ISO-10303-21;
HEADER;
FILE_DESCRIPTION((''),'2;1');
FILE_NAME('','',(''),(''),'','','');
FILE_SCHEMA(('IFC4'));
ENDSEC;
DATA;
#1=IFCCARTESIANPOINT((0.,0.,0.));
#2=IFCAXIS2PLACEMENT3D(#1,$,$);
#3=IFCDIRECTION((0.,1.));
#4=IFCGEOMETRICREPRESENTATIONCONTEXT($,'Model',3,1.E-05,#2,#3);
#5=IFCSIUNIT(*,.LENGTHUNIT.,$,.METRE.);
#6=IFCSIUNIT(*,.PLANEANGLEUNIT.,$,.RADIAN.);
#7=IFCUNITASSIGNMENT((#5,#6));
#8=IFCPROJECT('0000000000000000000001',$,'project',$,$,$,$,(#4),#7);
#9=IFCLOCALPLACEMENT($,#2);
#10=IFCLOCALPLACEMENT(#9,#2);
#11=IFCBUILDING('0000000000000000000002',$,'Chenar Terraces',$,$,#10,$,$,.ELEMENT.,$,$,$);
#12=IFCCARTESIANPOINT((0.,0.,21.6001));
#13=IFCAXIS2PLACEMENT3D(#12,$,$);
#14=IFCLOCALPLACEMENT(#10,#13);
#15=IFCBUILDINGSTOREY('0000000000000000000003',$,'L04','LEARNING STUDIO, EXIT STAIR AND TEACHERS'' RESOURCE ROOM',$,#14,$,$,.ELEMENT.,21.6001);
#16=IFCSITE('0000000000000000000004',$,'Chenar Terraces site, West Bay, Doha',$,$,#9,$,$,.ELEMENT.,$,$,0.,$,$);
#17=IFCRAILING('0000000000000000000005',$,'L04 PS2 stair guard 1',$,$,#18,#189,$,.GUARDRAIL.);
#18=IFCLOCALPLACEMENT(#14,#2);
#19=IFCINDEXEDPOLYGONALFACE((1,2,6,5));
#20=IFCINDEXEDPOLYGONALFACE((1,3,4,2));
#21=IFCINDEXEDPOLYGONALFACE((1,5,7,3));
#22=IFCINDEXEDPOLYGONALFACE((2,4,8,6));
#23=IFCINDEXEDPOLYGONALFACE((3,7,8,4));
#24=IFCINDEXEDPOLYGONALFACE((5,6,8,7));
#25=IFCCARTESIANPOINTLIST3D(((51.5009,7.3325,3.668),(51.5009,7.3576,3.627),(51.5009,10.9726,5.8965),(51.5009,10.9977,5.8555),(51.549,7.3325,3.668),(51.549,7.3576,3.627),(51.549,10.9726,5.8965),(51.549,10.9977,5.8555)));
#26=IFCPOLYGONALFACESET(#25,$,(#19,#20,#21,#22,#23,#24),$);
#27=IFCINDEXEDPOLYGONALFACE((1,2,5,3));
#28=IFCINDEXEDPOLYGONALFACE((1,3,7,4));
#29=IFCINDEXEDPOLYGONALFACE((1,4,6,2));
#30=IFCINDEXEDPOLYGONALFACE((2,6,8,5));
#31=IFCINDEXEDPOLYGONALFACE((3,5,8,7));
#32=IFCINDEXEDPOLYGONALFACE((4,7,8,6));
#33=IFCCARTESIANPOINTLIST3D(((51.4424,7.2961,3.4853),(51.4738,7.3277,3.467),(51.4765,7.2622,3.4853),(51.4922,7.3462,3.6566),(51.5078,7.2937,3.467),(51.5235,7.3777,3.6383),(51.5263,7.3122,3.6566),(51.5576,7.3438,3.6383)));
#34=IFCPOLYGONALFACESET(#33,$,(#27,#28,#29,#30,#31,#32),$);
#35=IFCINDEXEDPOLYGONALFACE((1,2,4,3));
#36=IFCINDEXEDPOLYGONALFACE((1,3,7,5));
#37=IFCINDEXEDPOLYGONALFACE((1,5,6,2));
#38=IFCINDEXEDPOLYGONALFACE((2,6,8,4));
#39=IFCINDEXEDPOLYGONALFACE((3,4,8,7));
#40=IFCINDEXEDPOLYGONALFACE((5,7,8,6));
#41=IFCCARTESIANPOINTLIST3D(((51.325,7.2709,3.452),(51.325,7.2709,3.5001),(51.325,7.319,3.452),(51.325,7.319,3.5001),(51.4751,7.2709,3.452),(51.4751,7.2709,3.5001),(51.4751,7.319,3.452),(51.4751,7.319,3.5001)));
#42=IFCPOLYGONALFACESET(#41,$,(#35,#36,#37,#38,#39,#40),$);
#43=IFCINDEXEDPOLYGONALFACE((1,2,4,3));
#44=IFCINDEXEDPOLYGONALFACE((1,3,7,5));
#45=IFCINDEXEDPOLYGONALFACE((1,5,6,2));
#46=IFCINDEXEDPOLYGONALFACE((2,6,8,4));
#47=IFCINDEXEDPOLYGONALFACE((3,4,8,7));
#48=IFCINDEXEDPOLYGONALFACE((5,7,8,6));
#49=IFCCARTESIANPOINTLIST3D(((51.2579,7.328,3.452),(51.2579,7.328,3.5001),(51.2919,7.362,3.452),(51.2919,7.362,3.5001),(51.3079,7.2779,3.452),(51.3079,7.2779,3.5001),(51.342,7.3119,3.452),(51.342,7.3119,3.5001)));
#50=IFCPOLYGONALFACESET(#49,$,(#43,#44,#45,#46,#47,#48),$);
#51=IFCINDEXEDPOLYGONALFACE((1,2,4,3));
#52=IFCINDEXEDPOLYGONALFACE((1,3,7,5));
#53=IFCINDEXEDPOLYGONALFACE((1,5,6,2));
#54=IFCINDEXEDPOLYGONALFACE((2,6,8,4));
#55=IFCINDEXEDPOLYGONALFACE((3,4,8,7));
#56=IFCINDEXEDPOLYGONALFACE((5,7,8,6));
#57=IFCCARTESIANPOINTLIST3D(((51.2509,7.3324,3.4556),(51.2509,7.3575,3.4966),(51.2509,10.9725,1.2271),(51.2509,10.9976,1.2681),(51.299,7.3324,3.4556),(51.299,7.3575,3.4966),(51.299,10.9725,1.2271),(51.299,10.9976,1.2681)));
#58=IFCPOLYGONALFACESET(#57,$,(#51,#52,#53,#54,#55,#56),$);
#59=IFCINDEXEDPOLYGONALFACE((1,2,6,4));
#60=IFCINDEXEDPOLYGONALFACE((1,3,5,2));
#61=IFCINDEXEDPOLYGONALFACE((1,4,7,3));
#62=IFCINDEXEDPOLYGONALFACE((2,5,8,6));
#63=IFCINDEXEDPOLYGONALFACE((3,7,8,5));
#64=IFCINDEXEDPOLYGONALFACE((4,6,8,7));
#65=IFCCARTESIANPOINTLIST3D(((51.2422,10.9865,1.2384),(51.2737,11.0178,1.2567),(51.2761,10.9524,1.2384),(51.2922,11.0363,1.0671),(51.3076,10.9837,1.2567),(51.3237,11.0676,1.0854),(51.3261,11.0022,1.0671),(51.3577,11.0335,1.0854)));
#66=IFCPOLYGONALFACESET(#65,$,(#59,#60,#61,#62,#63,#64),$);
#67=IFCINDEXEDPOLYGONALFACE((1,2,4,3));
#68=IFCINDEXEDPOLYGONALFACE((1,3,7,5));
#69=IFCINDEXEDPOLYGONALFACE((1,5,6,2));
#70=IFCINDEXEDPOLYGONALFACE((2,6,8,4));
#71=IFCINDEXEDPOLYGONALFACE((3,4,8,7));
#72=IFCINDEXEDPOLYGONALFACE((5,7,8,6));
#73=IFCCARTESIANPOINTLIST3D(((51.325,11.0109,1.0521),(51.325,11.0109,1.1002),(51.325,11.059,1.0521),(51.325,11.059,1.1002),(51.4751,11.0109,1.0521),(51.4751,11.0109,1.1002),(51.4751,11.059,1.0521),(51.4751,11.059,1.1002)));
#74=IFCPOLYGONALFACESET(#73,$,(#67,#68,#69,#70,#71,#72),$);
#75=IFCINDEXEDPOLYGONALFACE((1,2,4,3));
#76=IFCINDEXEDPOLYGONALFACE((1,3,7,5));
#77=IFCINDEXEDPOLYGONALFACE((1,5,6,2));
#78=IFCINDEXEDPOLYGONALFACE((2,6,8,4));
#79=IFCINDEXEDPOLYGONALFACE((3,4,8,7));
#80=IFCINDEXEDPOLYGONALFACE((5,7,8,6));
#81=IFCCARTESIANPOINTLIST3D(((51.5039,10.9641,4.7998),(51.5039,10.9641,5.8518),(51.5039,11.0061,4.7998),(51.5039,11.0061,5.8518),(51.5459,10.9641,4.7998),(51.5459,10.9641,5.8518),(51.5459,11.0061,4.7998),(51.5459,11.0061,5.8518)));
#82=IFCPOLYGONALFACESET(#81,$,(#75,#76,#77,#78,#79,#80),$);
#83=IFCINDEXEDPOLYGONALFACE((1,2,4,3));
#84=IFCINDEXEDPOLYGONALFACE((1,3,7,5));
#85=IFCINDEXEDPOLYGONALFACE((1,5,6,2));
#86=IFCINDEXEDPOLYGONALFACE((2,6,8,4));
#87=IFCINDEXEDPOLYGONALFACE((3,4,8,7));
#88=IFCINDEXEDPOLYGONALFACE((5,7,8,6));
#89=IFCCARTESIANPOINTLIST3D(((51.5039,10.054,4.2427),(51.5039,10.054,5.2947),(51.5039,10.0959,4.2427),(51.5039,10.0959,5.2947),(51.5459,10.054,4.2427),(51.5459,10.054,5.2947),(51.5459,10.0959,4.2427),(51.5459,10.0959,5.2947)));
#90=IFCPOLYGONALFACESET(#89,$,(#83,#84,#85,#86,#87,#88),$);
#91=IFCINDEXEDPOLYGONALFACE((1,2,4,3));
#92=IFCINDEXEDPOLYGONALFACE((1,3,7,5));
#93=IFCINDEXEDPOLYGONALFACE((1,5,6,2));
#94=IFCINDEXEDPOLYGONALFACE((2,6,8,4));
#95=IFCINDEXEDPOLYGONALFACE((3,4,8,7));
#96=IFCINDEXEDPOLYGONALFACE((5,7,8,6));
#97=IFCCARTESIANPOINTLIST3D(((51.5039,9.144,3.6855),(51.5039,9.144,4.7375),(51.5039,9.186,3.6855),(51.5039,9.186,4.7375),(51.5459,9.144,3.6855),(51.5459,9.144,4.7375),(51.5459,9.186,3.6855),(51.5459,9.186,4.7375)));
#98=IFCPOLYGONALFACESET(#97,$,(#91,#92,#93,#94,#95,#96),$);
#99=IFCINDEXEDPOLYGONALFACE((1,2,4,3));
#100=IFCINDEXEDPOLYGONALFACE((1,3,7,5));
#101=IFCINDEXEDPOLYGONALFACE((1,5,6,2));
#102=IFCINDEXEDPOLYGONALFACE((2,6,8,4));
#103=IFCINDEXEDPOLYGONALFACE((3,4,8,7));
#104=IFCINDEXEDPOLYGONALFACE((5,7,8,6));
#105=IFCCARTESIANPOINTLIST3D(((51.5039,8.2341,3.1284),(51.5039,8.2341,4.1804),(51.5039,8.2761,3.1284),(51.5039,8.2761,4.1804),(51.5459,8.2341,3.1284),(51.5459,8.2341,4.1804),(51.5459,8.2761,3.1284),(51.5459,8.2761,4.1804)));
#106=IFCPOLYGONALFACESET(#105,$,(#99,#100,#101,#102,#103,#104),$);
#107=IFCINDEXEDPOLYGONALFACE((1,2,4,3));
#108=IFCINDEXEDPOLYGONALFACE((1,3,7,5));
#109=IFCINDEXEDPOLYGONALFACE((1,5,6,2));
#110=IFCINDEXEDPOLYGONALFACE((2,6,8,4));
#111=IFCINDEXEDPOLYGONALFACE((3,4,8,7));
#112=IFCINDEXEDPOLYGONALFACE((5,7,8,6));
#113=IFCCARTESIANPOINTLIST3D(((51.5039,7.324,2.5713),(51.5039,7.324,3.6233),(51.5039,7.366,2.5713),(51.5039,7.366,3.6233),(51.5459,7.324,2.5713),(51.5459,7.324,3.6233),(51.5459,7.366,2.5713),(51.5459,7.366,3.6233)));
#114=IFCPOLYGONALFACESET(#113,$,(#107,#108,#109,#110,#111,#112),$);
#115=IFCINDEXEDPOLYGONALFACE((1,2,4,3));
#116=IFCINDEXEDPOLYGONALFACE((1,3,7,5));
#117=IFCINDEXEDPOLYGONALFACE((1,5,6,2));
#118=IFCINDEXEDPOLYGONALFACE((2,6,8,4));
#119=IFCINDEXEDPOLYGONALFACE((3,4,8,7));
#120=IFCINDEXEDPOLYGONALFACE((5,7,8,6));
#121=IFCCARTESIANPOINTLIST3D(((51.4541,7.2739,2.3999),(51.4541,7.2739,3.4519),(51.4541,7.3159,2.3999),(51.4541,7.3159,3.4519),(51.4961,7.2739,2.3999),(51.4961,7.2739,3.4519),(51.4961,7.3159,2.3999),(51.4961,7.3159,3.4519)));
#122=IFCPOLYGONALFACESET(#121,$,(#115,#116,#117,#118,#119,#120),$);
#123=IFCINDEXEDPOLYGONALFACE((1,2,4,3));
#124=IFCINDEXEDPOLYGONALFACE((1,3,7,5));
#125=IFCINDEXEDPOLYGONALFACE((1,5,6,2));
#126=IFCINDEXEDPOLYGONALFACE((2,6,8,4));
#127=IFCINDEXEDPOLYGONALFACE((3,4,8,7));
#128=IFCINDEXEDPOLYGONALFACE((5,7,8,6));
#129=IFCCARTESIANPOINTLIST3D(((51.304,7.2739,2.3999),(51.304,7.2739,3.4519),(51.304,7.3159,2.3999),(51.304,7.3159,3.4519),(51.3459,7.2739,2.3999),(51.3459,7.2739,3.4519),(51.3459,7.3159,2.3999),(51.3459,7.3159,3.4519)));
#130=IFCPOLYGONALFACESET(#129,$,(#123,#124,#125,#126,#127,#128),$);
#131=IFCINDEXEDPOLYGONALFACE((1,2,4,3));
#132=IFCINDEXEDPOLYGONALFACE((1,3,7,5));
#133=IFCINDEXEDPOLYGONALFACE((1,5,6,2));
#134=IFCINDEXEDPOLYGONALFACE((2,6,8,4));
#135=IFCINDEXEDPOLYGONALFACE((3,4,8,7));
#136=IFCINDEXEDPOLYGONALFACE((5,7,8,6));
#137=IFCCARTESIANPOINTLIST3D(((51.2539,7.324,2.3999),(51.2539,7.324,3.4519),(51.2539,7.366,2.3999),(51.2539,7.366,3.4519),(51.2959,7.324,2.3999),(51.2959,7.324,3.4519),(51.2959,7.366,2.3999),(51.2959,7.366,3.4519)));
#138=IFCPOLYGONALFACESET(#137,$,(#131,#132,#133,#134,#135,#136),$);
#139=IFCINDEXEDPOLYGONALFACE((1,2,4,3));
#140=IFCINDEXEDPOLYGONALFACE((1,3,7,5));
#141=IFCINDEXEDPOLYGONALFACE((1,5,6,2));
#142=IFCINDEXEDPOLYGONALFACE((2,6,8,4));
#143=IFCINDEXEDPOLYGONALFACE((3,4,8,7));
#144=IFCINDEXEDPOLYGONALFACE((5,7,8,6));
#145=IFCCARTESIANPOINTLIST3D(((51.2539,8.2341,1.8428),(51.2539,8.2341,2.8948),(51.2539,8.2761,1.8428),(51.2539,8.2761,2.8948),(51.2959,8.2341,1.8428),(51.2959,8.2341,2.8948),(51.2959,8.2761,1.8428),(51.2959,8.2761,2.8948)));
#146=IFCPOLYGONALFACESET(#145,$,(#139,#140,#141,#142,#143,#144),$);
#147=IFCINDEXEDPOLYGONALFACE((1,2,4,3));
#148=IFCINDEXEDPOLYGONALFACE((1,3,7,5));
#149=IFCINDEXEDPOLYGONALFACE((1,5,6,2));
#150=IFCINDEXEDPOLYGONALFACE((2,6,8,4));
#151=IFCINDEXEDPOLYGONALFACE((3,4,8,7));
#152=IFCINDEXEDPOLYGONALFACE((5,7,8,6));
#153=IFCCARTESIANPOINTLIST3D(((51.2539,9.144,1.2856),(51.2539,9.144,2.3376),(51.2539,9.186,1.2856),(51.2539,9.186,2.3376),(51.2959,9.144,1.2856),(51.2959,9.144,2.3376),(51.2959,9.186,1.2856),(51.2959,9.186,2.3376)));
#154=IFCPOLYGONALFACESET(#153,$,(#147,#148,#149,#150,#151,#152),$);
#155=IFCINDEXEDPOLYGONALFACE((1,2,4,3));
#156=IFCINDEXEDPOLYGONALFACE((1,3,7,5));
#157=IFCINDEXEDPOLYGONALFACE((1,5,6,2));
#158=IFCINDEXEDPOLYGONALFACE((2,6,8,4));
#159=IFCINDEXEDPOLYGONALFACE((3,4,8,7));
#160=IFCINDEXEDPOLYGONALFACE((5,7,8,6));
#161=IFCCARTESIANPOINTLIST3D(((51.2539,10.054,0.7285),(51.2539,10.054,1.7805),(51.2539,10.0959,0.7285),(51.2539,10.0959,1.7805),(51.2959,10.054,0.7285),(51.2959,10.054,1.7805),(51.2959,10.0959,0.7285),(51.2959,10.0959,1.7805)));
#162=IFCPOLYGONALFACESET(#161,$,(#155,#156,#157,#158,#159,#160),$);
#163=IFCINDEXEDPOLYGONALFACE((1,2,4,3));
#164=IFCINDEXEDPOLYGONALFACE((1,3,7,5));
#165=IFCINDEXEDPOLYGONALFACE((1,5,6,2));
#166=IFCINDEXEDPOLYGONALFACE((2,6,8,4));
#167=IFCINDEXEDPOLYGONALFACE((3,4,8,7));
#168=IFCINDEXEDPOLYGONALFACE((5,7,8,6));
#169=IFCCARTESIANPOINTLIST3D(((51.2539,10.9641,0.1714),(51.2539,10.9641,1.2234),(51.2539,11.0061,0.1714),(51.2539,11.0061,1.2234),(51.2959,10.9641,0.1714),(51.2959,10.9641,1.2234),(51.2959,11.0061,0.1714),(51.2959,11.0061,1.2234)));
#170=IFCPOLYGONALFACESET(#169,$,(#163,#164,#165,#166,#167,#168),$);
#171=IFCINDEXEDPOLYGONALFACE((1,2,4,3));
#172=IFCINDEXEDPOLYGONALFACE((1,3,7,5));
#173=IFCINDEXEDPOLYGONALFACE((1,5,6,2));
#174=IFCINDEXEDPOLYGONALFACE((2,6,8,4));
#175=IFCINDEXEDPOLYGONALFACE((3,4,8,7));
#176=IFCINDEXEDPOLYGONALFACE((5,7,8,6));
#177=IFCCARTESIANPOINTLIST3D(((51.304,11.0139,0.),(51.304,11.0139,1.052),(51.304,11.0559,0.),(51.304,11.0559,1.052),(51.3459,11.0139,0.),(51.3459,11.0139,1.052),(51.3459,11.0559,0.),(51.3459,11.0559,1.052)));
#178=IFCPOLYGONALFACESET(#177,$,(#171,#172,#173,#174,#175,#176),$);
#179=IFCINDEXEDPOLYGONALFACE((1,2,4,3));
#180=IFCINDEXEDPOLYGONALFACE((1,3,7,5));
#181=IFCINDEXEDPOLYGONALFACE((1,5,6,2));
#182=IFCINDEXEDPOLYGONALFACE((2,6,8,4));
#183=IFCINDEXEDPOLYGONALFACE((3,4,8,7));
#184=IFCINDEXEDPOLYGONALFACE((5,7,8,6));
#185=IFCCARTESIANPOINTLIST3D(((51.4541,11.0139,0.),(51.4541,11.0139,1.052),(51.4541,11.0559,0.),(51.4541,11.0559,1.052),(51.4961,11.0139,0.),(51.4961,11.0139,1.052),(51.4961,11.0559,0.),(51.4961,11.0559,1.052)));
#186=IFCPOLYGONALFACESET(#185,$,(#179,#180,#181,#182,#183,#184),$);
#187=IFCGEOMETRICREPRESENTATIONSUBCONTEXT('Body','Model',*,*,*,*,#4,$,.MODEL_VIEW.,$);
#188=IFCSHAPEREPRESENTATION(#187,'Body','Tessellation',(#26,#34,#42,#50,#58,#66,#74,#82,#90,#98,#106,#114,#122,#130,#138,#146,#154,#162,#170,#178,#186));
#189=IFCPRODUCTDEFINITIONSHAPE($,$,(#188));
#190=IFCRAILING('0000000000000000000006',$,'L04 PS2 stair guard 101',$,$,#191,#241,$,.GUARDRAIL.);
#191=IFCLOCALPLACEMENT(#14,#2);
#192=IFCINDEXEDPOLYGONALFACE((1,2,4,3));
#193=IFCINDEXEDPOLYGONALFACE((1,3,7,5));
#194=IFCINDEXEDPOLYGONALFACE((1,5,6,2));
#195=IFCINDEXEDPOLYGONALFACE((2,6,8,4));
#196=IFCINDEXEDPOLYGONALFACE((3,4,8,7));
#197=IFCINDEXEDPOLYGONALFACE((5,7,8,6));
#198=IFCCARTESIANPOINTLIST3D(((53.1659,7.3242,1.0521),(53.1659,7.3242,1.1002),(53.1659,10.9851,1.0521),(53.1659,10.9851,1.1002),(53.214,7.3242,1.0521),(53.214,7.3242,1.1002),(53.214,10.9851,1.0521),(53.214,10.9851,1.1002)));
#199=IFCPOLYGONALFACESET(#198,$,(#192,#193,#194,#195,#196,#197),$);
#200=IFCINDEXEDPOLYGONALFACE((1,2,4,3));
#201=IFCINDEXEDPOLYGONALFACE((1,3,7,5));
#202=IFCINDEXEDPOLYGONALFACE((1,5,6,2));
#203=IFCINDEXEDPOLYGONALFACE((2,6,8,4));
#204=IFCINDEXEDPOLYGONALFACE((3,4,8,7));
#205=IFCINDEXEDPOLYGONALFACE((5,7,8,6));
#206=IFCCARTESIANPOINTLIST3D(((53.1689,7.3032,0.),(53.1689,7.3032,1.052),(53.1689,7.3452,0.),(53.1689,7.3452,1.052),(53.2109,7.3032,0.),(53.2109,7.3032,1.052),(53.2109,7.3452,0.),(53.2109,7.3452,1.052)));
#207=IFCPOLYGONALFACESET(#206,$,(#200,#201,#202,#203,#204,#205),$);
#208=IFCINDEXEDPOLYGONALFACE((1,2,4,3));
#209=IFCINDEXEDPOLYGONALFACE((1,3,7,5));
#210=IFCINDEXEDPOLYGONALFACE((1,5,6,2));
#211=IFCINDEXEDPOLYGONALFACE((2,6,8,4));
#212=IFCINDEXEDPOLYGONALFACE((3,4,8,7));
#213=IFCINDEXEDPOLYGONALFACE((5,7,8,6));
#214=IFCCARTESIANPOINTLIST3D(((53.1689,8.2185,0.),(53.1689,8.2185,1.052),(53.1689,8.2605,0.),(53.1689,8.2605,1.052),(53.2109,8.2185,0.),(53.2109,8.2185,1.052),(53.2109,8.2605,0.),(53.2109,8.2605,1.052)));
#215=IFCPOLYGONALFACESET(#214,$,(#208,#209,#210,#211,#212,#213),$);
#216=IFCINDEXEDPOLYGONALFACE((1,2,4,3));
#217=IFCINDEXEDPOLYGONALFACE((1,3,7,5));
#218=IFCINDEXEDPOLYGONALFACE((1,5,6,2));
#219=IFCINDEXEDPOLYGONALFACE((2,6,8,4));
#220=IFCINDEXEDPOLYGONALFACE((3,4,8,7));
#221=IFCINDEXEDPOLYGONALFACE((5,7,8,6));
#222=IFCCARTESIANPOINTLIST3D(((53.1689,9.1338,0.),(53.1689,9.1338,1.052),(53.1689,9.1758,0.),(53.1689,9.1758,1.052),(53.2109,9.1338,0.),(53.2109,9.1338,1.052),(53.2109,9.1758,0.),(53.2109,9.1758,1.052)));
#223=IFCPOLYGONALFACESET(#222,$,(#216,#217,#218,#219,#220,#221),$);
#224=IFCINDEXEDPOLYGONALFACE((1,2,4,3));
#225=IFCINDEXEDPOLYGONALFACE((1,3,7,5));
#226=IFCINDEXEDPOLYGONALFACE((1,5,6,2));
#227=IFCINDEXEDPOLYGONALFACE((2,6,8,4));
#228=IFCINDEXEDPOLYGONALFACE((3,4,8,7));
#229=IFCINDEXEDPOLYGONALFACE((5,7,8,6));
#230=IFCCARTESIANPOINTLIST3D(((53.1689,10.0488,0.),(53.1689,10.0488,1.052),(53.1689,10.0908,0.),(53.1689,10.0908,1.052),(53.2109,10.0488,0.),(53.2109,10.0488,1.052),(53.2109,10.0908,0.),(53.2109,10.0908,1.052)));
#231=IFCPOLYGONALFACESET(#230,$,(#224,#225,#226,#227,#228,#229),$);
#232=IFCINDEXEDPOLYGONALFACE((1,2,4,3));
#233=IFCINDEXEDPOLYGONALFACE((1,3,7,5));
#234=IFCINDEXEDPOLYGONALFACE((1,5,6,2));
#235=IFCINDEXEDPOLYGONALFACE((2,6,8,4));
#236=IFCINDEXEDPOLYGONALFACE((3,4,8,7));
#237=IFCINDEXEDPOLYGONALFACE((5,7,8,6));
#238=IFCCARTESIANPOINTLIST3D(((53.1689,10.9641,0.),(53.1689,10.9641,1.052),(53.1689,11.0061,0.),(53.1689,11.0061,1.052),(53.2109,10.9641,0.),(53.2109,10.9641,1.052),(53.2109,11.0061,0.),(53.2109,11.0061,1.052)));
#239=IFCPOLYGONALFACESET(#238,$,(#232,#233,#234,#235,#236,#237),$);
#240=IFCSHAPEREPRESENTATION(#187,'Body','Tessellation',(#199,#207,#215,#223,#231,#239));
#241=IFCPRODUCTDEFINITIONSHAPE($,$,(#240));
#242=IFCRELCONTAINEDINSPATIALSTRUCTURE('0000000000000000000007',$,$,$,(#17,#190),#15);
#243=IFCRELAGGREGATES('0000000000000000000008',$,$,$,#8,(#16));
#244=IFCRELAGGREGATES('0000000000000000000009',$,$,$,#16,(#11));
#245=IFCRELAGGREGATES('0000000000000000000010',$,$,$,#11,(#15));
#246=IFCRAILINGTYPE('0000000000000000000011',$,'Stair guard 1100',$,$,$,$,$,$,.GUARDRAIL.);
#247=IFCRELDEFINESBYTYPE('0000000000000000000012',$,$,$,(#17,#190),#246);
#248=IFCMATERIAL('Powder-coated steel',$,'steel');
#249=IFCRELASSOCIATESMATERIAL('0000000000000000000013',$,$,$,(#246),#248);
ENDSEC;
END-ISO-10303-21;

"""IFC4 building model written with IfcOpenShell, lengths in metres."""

from ifc_helpers import new_model, si_unit, direction, frame, origin, origin_2d, place, context, subcontext, project, spatial, rectangle, extrude, material, type_object, element, save


model = new_model("IFC4")

# Units and contexts
model_context = context("Model", 3, precision=1e-05, world=origin(), true_north=direction((0.0, 1.0)))
body_context = subcontext(model_context, "Body", "Model", "MODEL_VIEW")
ifc_project = project(units=[si_unit("LENGTHUNIT", "METRE"), si_unit("PLANEANGLEUNIT", "RADIAN")], contexts=[model_context])

# Site, building, storey
site_placement = place(None, origin())
site = spatial("IfcSite", under=ifc_project, at=site_placement, Name="Chenar Terraces site, West Bay, Doha", CompositionType="ELEMENT", RefElevation=0.0)
building_placement = place(site_placement, origin())
building = spatial("IfcBuilding", under=site, at=building_placement, Name="Chenar Terraces", CompositionType="ELEMENT")
storey_placement = place(building_placement, frame((0.0, 0.0, 21.6001)))
storey = spatial("IfcBuildingStorey", under=building, at=storey_placement, Name="L04", Description="LEARNING STUDIO, EXIT STAIR AND TEACHERS' RESOURCE ROOM", CompositionType="ELEMENT", Elevation=21.6001)

# Railings
ifc_material_1 = material(Name="Powder-coated steel", Category="steel")
railing_type_1 = type_object("IfcRailingType", Name="Stair guard 1100", PredefinedType="GUARDRAIL", material=ifc_material_1)
railing_1_placement = place(storey_placement, frame((51.5249, 10.9851, 4.7998)))
element("IfcRailing", 1, at=railing_1_placement, inside=storey, type_object=railing_type_1, Name="L04 PS2 stair guard 1", PredefinedType="GUARDRAIL", context=body_context, shape_type="SweptSolid", body=[
    extrude(rectangle(XDim=0.0481, YDim=0.0481, at=origin_2d()), frame((0.0, 0.0, 1.0762), z_axis=(0.0, -0.852866, -0.52213), x_axis=(1.0, 0.0, 0.0)), (0.0, 0.0, 1.0), 4.2681),
    extrude(rectangle(XDim=0.0481, YDim=0.0481, at=origin_2d()), frame((0.0, -3.6401, -1.1523), z_axis=(-0.26869, -0.270007, -0.924609), x_axis=(0.708834, -0.705376, 0.0)), (0.0, 0.0, 1.0), 0.1853),
    extrude(rectangle(XDim=0.0481, YDim=0.0481, at=origin_2d()), frame((-0.0498, -3.6902, -1.3237), z_axis=(-1.0, 0.0, 0.0), x_axis=(0.0, -1.0, 0.0)), (0.0, 0.0, 1.0), 0.1501),
    extrude(rectangle(XDim=0.0481, YDim=0.0481, at=origin_2d()), frame((-0.2, -3.6902, -1.3237), z_axis=(-0.707107, 0.707107, 0.0), x_axis=(-0.707107, -0.707107, 0.0)), (0.0, 0.0, 1.0), 0.0708),
    extrude(rectangle(XDim=0.0481, YDim=0.0481, at=origin_2d()), frame((-0.25, -3.6401, -1.3237), z_axis=(0.0, 0.852866, -0.52213), x_axis=(-1.0, 0.0, 0.0)), (0.0, 0.0, 1.0), 4.2681),
    extrude(rectangle(XDim=0.0481, YDim=0.0481, at=origin_2d()), frame((-0.25, 0.0, -3.5522), z_axis=(0.270007, 0.26869, -0.924609), x_axis=(-0.705376, 0.708834, 0.0)), (0.0, 0.0, 1.0), 0.1853),
    extrude(rectangle(XDim=0.0481, YDim=0.0481, at=origin_2d()), frame((-0.2, 0.0498, -3.7236), z_axis=(1.0, 0.0, 0.0), x_axis=(0.0, 1.0, 0.0)), (0.0, 0.0, 1.0), 0.1501),
    extrude(rectangle(XDim=0.042, YDim=0.042, at=origin_2d()), origin(), (0.0, 0.0, 1.0), 1.052),
    extrude(rectangle(XDim=0.042, YDim=0.042, at=origin_2d()), frame((0.0, -0.9102, -0.5571)), (0.0, 0.0, 1.0), 1.052),
    extrude(rectangle(XDim=0.042, YDim=0.042, at=origin_2d()), frame((0.0, -1.8201, -1.1143)), (0.0, 0.0, 1.0), 1.052),
    extrude(rectangle(XDim=0.042, YDim=0.042, at=origin_2d()), frame((0.0, -2.73, -1.6714)), (0.0, 0.0, 1.0), 1.052),
    extrude(rectangle(XDim=0.042, YDim=0.042, at=origin_2d()), frame((0.0, -3.6401, -2.2285)), (0.0, 0.0, 1.0), 1.052),
    extrude(rectangle(XDim=0.042, YDim=0.042, at=origin_2d()), frame((-0.0498, -3.6902, -2.3999)), (0.0, 0.0, 1.0), 1.052),
    extrude(rectangle(XDim=0.042, YDim=0.042, at=origin_2d()), frame((-0.2, -3.6902, -2.3999)), (0.0, 0.0, 1.0), 1.052),
    extrude(rectangle(XDim=0.042, YDim=0.042, at=origin_2d()), frame((-0.25, -3.6401, -2.3999)), (0.0, 0.0, 1.0), 1.052),
    extrude(rectangle(XDim=0.042, YDim=0.042, at=origin_2d()), frame((-0.25, -2.73, -2.957)), (0.0, 0.0, 1.0), 1.052),
    extrude(rectangle(XDim=0.042, YDim=0.042, at=origin_2d()), frame((-0.25, -1.8201, -3.5142)), (0.0, 0.0, 1.0), 1.052),
    extrude(rectangle(XDim=0.042, YDim=0.042, at=origin_2d()), frame((-0.25, -0.9102, -4.0713)), (0.0, 0.0, 1.0), 1.052),
    extrude(rectangle(XDim=0.042, YDim=0.042, at=origin_2d()), frame((-0.25, 0.0, -4.6284)), (0.0, 0.0, 1.0), 1.052),
    extrude(rectangle(XDim=0.042, YDim=0.042, at=origin_2d()), frame((-0.2, 0.0498, -4.7998)), (0.0, 0.0, 1.0), 1.052),
    extrude(rectangle(XDim=0.042, YDim=0.042, at=origin_2d()), frame((-0.0498, 0.0498, -4.7998)), (0.0, 0.0, 1.0), 1.052),
])
railing_2_placement = place(storey_placement, frame((53.1899, 7.3242, 0.0)))
element("IfcRailing", 2, at=railing_2_placement, inside=storey, type_object=railing_type_1, Name="L04 PS2 stair guard 101", PredefinedType="GUARDRAIL", context=body_context, shape_type="SweptSolid", body=[
    extrude(rectangle(XDim=0.0481, YDim=0.0481, at=origin_2d()), frame((0.0, 0.0, 1.0762), z_axis=(0.0, 1.0, 0.0), x_axis=(-1.0, 0.0, 0.0)), (0.0, 0.0, 1.0), 3.6609),
    extrude(rectangle(XDim=0.042, YDim=0.042, at=origin_2d()), origin(), (0.0, 0.0, 1.0), 1.052),
    extrude(rectangle(XDim=0.042, YDim=0.042, at=origin_2d()), frame((0.0, 0.9153, 0.0)), (0.0, 0.0, 1.0), 1.052),
    extrude(rectangle(XDim=0.042, YDim=0.042, at=origin_2d()), frame((0.0, 1.8306, 0.0)), (0.0, 0.0, 1.0), 1.052),
    extrude(rectangle(XDim=0.042, YDim=0.042, at=origin_2d()), frame((0.0, 2.7456, 0.0)), (0.0, 0.0, 1.0), 1.052),
    extrude(rectangle(XDim=0.042, YDim=0.042, at=origin_2d()), frame((0.0, 3.6609, 0.0)), (0.0, 0.0, 1.0), 1.052),
])

save(model, "model.ifc")
